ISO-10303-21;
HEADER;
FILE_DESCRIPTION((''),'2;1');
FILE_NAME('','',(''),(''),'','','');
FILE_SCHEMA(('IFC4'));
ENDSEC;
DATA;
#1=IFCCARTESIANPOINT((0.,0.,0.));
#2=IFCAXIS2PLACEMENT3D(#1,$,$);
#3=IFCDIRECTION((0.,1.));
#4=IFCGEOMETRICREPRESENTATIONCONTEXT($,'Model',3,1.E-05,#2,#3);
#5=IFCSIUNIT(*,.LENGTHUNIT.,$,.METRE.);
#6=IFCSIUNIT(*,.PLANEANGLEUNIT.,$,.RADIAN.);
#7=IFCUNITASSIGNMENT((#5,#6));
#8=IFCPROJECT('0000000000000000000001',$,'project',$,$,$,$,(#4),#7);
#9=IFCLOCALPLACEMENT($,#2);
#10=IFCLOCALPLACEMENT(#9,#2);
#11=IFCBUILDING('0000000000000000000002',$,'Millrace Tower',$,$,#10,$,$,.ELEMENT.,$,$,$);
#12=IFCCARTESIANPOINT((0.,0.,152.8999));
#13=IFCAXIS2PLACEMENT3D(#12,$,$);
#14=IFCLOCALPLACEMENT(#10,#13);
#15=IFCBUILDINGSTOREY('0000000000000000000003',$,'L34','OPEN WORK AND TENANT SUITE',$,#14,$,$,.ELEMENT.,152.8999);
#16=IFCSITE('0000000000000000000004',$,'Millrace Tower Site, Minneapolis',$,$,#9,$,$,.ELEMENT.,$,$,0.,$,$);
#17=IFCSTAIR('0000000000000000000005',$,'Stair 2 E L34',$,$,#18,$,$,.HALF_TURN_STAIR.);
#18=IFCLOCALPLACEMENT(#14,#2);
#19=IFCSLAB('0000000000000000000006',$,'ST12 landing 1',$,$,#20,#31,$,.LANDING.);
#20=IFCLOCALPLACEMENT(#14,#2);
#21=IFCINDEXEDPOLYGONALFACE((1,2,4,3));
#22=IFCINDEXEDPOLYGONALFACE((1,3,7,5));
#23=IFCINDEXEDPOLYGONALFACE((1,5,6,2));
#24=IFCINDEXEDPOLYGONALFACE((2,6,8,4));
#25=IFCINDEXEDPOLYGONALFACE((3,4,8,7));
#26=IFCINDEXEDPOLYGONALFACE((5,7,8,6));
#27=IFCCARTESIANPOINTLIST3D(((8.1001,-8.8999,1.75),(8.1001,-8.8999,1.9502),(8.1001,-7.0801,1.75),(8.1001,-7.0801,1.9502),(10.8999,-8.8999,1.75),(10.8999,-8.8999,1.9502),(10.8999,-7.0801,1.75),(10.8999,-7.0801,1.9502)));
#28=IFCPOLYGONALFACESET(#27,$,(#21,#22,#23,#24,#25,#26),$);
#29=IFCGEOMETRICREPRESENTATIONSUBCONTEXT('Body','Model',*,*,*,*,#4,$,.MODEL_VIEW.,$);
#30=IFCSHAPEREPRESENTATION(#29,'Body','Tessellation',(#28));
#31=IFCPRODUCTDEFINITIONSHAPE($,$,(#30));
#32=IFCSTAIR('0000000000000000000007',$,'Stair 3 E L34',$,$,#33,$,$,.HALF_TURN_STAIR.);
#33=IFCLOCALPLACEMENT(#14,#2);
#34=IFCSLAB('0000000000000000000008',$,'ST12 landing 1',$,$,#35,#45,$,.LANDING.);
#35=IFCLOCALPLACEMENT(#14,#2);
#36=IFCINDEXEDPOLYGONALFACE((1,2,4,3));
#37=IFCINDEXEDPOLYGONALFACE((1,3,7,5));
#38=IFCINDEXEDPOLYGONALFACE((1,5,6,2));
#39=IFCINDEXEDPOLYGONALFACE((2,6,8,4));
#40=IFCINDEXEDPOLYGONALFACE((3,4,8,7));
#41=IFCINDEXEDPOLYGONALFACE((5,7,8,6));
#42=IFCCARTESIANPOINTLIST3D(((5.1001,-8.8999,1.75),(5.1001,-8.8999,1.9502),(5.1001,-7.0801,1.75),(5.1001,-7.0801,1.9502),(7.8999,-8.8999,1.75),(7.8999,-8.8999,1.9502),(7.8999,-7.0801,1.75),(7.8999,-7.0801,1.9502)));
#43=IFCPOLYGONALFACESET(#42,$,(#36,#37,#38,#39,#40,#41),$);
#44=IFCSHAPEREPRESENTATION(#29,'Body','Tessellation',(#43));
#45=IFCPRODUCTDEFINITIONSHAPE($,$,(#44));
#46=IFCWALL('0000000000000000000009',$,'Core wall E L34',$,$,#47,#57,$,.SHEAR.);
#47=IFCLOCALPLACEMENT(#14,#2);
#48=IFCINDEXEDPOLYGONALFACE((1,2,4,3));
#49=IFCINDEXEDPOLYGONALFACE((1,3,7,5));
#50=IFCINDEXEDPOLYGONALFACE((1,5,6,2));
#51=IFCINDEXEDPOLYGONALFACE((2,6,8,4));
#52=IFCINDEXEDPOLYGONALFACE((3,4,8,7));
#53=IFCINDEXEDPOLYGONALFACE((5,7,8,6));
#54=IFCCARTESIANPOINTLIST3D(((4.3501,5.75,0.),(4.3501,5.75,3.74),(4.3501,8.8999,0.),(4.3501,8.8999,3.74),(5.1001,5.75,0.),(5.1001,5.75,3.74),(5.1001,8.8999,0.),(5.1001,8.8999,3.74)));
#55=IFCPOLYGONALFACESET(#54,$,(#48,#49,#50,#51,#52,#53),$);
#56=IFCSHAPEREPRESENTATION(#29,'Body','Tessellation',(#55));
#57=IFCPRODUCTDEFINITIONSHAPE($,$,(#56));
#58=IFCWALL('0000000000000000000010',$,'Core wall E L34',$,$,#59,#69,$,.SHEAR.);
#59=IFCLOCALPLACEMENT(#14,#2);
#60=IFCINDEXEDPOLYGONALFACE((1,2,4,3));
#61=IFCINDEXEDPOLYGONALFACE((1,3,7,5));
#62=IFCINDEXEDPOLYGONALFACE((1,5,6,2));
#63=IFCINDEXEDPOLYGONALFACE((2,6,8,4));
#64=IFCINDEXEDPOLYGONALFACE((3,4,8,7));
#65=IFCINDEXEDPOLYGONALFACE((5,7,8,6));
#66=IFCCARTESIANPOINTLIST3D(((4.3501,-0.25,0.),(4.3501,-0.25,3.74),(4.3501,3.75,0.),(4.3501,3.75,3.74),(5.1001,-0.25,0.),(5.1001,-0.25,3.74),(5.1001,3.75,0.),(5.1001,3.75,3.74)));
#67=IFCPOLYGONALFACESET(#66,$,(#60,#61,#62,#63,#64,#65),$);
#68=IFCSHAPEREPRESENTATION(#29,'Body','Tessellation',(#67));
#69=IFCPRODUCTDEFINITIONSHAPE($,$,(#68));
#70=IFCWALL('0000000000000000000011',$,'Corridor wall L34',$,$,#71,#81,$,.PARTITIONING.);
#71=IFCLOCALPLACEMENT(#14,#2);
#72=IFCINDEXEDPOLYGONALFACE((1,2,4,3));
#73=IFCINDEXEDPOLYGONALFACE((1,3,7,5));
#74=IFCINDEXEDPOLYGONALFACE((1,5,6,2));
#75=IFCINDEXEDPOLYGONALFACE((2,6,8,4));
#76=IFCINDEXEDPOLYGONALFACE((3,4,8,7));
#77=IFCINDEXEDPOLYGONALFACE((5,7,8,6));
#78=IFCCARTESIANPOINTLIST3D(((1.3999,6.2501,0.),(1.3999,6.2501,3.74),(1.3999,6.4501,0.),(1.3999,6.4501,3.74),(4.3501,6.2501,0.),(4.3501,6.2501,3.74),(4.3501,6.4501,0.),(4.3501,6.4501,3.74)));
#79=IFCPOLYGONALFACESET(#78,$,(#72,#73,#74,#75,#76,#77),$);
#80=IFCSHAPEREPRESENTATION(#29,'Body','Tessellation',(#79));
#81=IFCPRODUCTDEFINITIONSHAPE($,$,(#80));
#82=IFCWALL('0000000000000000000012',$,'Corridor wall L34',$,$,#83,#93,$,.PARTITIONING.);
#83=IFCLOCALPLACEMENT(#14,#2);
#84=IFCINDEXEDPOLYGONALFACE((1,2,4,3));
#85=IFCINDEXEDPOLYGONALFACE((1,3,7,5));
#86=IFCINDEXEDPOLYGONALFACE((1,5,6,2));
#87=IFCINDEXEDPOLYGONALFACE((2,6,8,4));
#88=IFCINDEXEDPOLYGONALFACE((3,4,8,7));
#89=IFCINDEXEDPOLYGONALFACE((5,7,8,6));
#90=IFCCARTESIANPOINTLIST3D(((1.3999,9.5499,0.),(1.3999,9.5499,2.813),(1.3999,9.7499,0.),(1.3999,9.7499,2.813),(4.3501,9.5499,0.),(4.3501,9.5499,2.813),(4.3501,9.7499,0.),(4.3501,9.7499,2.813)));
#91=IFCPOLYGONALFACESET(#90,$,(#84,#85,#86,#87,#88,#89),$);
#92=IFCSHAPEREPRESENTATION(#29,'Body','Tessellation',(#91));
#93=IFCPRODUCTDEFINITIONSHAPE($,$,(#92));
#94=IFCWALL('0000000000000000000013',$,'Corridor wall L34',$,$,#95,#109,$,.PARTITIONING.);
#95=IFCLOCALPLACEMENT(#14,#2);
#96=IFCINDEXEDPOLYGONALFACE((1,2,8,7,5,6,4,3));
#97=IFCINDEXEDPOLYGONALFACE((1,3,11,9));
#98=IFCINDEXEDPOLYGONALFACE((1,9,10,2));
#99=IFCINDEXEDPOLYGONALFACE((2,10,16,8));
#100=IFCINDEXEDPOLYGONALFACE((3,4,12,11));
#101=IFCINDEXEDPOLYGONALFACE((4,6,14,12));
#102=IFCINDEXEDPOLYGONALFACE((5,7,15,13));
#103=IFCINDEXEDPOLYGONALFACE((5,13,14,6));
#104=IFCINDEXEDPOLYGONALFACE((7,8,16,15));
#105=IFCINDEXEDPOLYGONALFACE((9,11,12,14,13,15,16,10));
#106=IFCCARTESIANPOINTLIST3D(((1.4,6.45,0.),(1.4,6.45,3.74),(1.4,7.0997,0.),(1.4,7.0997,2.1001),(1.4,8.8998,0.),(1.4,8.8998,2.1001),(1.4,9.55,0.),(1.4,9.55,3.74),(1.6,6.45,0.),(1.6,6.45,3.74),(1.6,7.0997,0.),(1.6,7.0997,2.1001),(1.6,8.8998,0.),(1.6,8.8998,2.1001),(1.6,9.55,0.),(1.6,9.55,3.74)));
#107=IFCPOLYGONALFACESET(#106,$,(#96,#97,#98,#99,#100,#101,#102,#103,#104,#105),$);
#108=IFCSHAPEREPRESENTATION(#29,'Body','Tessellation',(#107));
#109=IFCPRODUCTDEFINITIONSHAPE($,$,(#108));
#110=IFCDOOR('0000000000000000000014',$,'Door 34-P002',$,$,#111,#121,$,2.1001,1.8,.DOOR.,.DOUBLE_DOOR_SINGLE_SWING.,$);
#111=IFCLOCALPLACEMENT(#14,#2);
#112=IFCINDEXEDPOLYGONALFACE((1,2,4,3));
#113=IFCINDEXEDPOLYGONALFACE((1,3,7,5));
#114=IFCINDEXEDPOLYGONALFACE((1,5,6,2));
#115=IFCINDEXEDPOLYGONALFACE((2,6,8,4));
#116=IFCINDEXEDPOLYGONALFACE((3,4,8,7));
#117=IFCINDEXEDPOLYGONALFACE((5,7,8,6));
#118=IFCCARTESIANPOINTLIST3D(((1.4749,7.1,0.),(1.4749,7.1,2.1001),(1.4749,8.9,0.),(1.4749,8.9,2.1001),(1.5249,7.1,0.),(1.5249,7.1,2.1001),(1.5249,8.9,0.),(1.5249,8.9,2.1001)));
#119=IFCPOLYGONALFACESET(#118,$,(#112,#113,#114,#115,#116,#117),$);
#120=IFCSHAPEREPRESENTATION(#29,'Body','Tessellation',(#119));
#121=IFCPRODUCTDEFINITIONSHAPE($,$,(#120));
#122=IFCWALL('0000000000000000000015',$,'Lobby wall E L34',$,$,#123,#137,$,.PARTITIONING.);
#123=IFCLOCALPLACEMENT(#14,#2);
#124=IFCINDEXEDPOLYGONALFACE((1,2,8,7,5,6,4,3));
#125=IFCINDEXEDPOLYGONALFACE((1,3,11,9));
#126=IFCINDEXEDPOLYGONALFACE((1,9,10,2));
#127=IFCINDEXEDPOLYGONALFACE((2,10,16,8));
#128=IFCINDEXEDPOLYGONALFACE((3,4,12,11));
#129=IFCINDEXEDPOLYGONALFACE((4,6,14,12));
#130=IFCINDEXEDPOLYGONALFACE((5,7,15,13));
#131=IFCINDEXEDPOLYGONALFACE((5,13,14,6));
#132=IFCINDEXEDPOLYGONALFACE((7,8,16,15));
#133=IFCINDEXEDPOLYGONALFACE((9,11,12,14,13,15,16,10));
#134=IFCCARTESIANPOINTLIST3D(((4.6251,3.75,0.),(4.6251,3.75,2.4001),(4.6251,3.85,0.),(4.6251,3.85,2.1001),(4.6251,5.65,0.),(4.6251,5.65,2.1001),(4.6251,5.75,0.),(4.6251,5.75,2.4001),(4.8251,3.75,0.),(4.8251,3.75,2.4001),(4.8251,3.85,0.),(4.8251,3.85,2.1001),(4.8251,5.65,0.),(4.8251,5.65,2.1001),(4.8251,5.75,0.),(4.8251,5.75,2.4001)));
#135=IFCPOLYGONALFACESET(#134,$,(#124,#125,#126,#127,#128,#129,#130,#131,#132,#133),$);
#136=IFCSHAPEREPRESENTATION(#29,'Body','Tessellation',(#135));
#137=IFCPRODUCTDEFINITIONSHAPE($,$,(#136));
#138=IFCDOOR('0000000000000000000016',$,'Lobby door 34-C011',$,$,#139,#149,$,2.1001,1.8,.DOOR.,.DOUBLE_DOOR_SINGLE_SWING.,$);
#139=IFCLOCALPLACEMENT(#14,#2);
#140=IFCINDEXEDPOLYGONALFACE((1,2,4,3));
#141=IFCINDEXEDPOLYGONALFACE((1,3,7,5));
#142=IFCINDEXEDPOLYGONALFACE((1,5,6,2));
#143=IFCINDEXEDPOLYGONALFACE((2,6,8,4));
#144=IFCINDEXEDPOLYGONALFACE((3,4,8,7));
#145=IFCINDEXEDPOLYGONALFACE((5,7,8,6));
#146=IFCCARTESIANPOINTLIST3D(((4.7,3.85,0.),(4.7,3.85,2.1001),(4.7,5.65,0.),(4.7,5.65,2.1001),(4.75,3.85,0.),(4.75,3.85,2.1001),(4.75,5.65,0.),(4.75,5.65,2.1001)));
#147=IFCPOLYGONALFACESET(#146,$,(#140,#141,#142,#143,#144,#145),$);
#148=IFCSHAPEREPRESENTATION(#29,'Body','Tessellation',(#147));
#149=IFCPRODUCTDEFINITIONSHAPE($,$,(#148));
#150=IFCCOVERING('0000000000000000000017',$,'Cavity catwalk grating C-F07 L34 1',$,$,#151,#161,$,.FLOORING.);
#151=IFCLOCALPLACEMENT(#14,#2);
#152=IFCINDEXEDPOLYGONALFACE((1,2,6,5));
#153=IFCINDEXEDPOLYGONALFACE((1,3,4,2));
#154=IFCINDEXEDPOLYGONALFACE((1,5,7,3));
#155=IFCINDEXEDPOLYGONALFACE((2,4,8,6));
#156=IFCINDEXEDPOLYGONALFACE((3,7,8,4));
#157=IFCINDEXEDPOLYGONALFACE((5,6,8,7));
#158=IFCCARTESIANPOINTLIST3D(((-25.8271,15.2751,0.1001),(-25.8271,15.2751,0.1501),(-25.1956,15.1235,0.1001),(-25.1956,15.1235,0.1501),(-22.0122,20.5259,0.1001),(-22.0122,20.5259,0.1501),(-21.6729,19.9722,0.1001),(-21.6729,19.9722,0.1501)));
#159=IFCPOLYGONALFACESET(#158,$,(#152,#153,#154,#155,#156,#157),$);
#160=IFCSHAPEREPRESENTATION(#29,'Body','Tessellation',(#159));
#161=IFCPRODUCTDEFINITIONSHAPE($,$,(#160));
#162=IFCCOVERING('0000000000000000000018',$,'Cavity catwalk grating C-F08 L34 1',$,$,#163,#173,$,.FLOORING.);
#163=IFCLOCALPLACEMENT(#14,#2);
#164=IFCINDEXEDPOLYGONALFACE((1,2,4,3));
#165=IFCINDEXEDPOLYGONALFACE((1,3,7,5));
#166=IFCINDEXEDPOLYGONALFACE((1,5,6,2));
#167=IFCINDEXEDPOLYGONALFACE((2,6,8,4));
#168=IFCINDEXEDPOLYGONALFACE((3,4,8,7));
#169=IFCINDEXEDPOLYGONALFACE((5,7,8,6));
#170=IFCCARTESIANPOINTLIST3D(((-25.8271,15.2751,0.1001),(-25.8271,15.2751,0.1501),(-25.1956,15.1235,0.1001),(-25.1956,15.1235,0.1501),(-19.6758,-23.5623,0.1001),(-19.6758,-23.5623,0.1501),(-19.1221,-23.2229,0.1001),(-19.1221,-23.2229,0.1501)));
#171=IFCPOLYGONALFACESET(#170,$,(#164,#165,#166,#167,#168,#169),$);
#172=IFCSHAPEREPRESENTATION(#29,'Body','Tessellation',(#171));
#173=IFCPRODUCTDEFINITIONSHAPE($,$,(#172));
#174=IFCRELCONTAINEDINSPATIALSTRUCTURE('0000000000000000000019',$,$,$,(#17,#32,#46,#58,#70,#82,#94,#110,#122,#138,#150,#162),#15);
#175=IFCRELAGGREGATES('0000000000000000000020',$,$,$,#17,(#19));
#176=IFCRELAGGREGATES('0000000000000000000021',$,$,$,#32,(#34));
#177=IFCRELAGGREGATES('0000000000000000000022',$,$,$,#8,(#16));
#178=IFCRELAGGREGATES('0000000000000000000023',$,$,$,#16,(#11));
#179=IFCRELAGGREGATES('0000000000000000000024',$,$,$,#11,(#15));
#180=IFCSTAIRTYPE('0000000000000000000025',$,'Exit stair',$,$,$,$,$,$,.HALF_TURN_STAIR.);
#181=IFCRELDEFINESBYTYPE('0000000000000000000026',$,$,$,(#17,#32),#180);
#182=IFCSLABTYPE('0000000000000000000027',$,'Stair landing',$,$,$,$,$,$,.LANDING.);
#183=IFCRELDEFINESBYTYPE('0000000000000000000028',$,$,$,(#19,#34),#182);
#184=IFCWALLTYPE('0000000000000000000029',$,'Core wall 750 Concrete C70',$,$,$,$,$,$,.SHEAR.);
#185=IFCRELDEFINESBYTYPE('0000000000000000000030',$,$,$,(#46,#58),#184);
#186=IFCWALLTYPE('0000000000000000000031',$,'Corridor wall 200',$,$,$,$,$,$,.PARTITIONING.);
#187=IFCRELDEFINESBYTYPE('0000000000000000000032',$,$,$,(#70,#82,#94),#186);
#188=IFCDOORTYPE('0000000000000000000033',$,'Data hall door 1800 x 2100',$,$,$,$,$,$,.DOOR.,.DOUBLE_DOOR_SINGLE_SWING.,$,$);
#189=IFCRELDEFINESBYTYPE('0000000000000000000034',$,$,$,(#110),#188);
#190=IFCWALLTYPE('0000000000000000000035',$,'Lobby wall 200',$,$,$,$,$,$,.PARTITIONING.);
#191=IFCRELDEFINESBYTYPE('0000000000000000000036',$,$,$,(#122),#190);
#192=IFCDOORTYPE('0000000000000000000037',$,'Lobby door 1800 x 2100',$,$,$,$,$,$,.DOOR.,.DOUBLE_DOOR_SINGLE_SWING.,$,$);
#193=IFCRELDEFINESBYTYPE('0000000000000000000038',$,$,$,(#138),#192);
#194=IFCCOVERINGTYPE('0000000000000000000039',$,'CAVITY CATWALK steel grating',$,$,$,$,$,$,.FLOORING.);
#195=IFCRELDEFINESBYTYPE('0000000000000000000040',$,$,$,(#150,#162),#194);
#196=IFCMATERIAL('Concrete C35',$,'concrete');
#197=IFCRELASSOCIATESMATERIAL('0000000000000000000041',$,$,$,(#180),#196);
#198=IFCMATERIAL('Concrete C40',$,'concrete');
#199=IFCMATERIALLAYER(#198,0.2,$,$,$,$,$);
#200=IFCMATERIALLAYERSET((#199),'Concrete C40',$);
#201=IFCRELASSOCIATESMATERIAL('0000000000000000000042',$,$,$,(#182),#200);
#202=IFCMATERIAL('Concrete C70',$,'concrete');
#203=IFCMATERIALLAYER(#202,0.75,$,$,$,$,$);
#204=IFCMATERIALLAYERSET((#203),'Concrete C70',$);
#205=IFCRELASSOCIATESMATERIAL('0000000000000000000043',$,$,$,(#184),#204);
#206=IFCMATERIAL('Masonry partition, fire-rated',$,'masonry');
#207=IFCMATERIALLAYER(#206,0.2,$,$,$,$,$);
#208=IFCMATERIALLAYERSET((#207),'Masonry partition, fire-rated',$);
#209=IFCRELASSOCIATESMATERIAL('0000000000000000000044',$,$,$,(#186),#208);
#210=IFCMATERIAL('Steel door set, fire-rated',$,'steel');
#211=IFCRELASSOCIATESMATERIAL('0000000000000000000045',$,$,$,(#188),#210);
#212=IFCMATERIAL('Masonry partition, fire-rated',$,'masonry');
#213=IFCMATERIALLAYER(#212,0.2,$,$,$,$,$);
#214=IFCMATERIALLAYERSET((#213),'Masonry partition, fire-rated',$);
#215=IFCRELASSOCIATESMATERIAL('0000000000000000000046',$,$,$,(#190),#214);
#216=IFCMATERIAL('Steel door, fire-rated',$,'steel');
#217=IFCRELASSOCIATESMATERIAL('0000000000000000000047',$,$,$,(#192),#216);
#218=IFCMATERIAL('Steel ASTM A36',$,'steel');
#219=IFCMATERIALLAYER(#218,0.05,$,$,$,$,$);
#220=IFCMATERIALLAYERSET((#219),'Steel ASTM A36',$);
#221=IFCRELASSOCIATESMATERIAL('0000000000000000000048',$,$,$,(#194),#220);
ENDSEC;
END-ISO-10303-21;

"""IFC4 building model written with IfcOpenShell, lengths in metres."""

from ifc_helpers import new_model, si_unit, direction, frame, frame_2d, origin, place, context, subcontext, project, spatial, polyline, rectangle, outline, extrude, material, layer, layer_set, type_object, element, fill, aggregate, save


model = new_model("IFC4")

# Units and contexts
model_context = context("Model", 3, precision=1e-05, world=origin(), true_north=direction((0.0, 1.0)))
body_context = subcontext(model_context, "Body", "Model", "MODEL_VIEW")
ifc_project = project(units=[si_unit("LENGTHUNIT", "METRE"), si_unit("PLANEANGLEUNIT", "RADIAN")], contexts=[model_context])

# Site, building, storey
site_placement = place(None, origin())
site = spatial("IfcSite", under=ifc_project, at=site_placement, Name="Millrace Tower Site, Minneapolis", CompositionType="ELEMENT", RefElevation=0.0)
building_placement = place(site_placement, origin())
building = spatial("IfcBuilding", under=site, at=building_placement, Name="Millrace Tower", CompositionType="ELEMENT")
storey_placement = place(building_placement, frame((0.0, 0.0, 152.8999)))
storey = spatial("IfcBuildingStorey", under=building, at=storey_placement, Name="L34", Description="OPEN WORK AND TENANT SUITE", CompositionType="ELEMENT", Elevation=152.8999)

# Shared definitions
placement_1 = place(storey_placement, origin())

# Stairs, slabs
ifc_material_1 = material(Name="Concrete C35", Category="concrete")
stair_type = type_object("IfcStairType", Name="Exit stair", PredefinedType="HALF_TURN_STAIR", material=ifc_material_1)
ifc_material_2 = material(Name="Concrete C40", Category="concrete")
ifc_layer_1 = layer(ifc_material_2, 0.2)
ifc_layer_set_1 = layer_set([ifc_layer_1], Name="Concrete C40")
slab_type = type_object("IfcSlabType", Name="Stair landing", PredefinedType="LANDING", material=ifc_layer_set_1)
placement_2 = place(storey_placement, frame((0.0, 0.0, 1.75)))
stair_1 = element("IfcStair", 1, at=placement_1, inside=storey, type_object=stair_type, Name="Stair 2 E L34", PredefinedType="HALF_TURN_STAIR")
slab_1 = element("IfcSlab", 2, at=placement_2, type_object=slab_type, Name="ST12 landing 1", PredefinedType="LANDING", context=body_context, shape_type="SweptSolid", body=[
    extrude(outline(polyline([(8.1001, -8.8999), (10.8999, -8.8999), (10.8999, -7.0801), (8.1001, -7.0801), (8.1001, -8.8999)])), origin(), (0.0, 0.0, 1.0), 0.2002),
])
aggregate(stair_1, [slab_1])
stair_2 = element("IfcStair", 3, at=placement_1, inside=storey, type_object=stair_type, Name="Stair 3 E L34", PredefinedType="HALF_TURN_STAIR")
slab_2 = element("IfcSlab", 4, at=placement_2, type_object=slab_type, Name="ST12 landing 1", PredefinedType="LANDING", context=body_context, shape_type="SweptSolid", body=[
    extrude(outline(polyline([(5.1001, -8.8999), (7.8999, -8.8999), (7.8999, -7.0801), (5.1001, -7.0801), (5.1001, -8.8999)])), origin(), (0.0, 0.0, 1.0), 0.2002),
])
aggregate(stair_2, [slab_2])

# Walls
ifc_material_3 = material(Name="Concrete C70", Category="concrete")
ifc_layer_2 = layer(ifc_material_3, 0.75)
ifc_layer_set_2 = layer_set([ifc_layer_2], Name="Concrete C70")
wall_type_1 = type_object("IfcWallType", Name="Core wall 750 Concrete C70", PredefinedType="SHEAR", material=ifc_layer_set_2)
wall_1_placement = place(storey_placement, frame((4.7251, 8.8999, 0.0), z_axis=(0.0, 0.0, 1.0), x_axis=(0.0, -1.0, 0.0)))
element("IfcWall", 5, at=wall_1_placement, inside=storey, type_object=wall_type_1, Name="Core wall E L34", PredefinedType="SHEAR", context=body_context, shape_type="SweptSolid", body=[
    extrude(rectangle(XDim=3.1499, YDim=0.75, at=frame_2d((1.575, 0.0))), origin(), (0.0, 0.0, 1.0), 3.74),
])
wall_2_placement = place(storey_placement, frame((4.7251, 3.75, 0.0), z_axis=(0.0, 0.0, 1.0), x_axis=(0.0, -1.0, 0.0)))
element("IfcWall", 6, at=wall_2_placement, inside=storey, type_object=wall_type_1, Name="Core wall E L34", PredefinedType="SHEAR", context=body_context, shape_type="SweptSolid", body=[
    extrude(rectangle(XDim=4.0, YDim=0.75, at=frame_2d((2.0, 0.0))), origin(), (0.0, 0.0, 1.0), 3.74),
])
ifc_material_4 = material(Name="Masonry partition, fire-rated", Category="masonry")
ifc_layer_3 = layer(ifc_material_4, 0.2)
ifc_layer_set_3 = layer_set([ifc_layer_3], Name="Masonry partition, fire-rated")
wall_type_2 = type_object("IfcWallType", Name="Corridor wall 200", PredefinedType="PARTITIONING", material=ifc_layer_set_3)
wall_3_placement = place(storey_placement, frame((1.3999, 6.3501, 0.0), z_axis=(0.0, 0.0, 1.0), x_axis=(1.0, 0.0, 0.0)))
element("IfcWall", 7, at=wall_3_placement, inside=storey, type_object=wall_type_2, Name="Corridor wall L34", PredefinedType="PARTITIONING", context=body_context, shape_type="SweptSolid", body=[
    extrude(rectangle(XDim=2.9502, YDim=0.2, at=frame_2d((1.4751, 0.0))), origin(), (0.0, 0.0, 1.0), 3.74),
])
wall_4_placement = place(storey_placement, frame((1.3999, 9.6499, 0.0), z_axis=(0.0, 0.0, 1.0), x_axis=(1.0, 0.0, 0.0)))
element("IfcWall", 8, at=wall_4_placement, inside=storey, type_object=wall_type_2, Name="Corridor wall L34", PredefinedType="PARTITIONING", context=body_context, shape_type="SweptSolid", body=[
    extrude(rectangle(XDim=2.9502, YDim=0.2, at=frame_2d((1.4751, 0.0))), origin(), (0.0, 0.0, 1.0), 2.813),
])

# Walls, openings, doors
wall_5_placement = place(storey_placement, frame((1.5, 6.45, 0.0), z_axis=(0.0, 0.0, 1.0), x_axis=(0.0, 1.0, 0.0)))
wall_5 = element("IfcWall", 9, at=wall_5_placement, inside=storey, type_object=wall_type_2, Name="Corridor wall L34", PredefinedType="PARTITIONING", context=body_context, shape_type="SweptSolid", body=[
    extrude(rectangle(XDim=3.1001, YDim=0.2, at=frame_2d((1.55, 0.0))), origin(), (0.0, 0.0, 1.0), 3.74),
])
opening_1_placement = place(wall_5_placement, frame((0.6499, 0.0, 0.0)))
opening_1 = element("IfcOpeningElement", 10, at=opening_1_placement, cuts=wall_5, PredefinedType="OPENING", context=body_context, shape_type="SweptSolid", body=[
    extrude(rectangle(XDim=1.8, YDim=2.1001, at=frame_2d((0.8999, 1.05))), frame((0.0, 0.1099, 0.0), z_axis=(0.0, -1.0, 0.0), x_axis=(1.0, 0.0, 0.0)), (0.0, 0.0, 1.0), 0.22),
])
ifc_material_5 = material(Name="Steel door set, fire-rated", Category="steel")
door_type_1 = type_object("IfcDoorType", Name="Data hall door 1800 x 2100", OperationType="DOUBLE_DOOR_SINGLE_SWING", PredefinedType="DOOR", material=ifc_material_5)
door_1_placement = place(opening_1_placement, frame((1.8, 0.0, 0.0), z_axis=(0.0, 0.0, 1.0), x_axis=(-1.0, 0.0, 0.0)))
door_1 = element("IfcDoor", 11, at=door_1_placement, inside=storey, type_object=door_type_1, Name="Door 34-P002", OperationType="DOUBLE_DOOR_SINGLE_SWING", OverallHeight=2.1001, OverallWidth=1.8, PredefinedType="DOOR", context=body_context, shape_type="SweptSolid", body=[
    extrude(rectangle(XDim=1.8, YDim=2.1001, at=frame_2d((0.8999, 1.05))), frame((0.0, 0.0249, 0.0), z_axis=(0.0, -1.0, 0.0), x_axis=(1.0, 0.0, 0.0)), (0.0, 0.0, 1.0), 0.05),
])
fill(opening_1, door_1)
ifc_material_6 = material(Name="Masonry partition, fire-rated", Category="masonry")
ifc_layer_4 = layer(ifc_material_6, 0.2)
ifc_layer_set_4 = layer_set([ifc_layer_4], Name="Masonry partition, fire-rated")
wall_type_3 = type_object("IfcWallType", Name="Lobby wall 200", PredefinedType="PARTITIONING", material=ifc_layer_set_4)
wall_6_placement = place(storey_placement, frame((4.7251, 5.75, 0.0), z_axis=(0.0, 0.0, 1.0), x_axis=(0.0, -1.0, 0.0)))
wall_6 = element("IfcWall", 12, at=wall_6_placement, inside=storey, type_object=wall_type_3, Name="Lobby wall E L34", PredefinedType="PARTITIONING", context=body_context, shape_type="SweptSolid", body=[
    extrude(rectangle(XDim=2.0, YDim=0.2, at=frame_2d((1.0, 0.0))), origin(), (0.0, 0.0, 1.0), 2.4001),
])
opening_2_placement = place(wall_6_placement, frame((0.1001, 0.0, 0.0)))
opening_2 = element("IfcOpeningElement", 13, at=opening_2_placement, cuts=wall_6, PredefinedType="OPENING", context=body_context, shape_type="SweptSolid", body=[
    extrude(rectangle(XDim=1.8, YDim=2.1001, at=frame_2d((0.8999, 1.05))), frame((0.0, 0.1099, 0.0), z_axis=(0.0, -1.0, 0.0), x_axis=(1.0, 0.0, 0.0)), (0.0, 0.0, 1.0), 0.22),
])
ifc_material_7 = material(Name="Steel door, fire-rated", Category="steel")
door_type_2 = type_object("IfcDoorType", Name="Lobby door 1800 x 2100", OperationType="DOUBLE_DOOR_SINGLE_SWING", PredefinedType="DOOR", material=ifc_material_7)
door_2_placement = place(opening_2_placement, origin())
door_2 = element("IfcDoor", 14, at=door_2_placement, inside=storey, type_object=door_type_2, Name="Lobby door 34-C011", OperationType="DOUBLE_DOOR_SINGLE_SWING", OverallHeight=2.1001, OverallWidth=1.8, PredefinedType="DOOR", context=body_context, shape_type="SweptSolid", body=[
    extrude(rectangle(XDim=1.8, YDim=2.1001, at=frame_2d((0.8999, 1.05))), frame((0.0, 0.0249, 0.0), z_axis=(0.0, -1.0, 0.0), x_axis=(1.0, 0.0, 0.0)), (0.0, 0.0, 1.0), 0.05),
])
fill(opening_2, door_2)

# Coverings
ifc_material_8 = material(Name="Steel ASTM A36", Category="steel")
ifc_layer_5 = layer(ifc_material_8, 0.05)
ifc_layer_set_5 = layer_set([ifc_layer_5], Name="Steel ASTM A36")
covering_type = type_object("IfcCoveringType", Name="CAVITY CATWALK steel grating", PredefinedType="FLOORING", material=ifc_layer_set_5)
placement_3 = place(storey_placement, frame((0.0, 0.0, 0.1001)))
element("IfcCovering", 15, at=placement_3, inside=storey, type_object=covering_type, Name="Cavity catwalk grating C-F07 L34 1", PredefinedType="FLOORING", context=body_context, shape_type="SweptSolid", body=[
    extrude(outline(polyline([(-22.0122, 20.5259), (-25.8271, 15.2751), (-25.1956, 15.1235), (-21.6729, 19.9722), (-22.0122, 20.5259)])), origin(), (0.0, 0.0, 1.0), 0.05),
])
element("IfcCovering", 16, at=placement_3, inside=storey, type_object=covering_type, Name="Cavity catwalk grating C-F08 L34 1", PredefinedType="FLOORING", context=body_context, shape_type="SweptSolid", body=[
    extrude(outline(polyline([(-25.8271, 15.2751), (-19.6758, -23.5623), (-19.1221, -23.2229), (-25.1956, 15.1235), (-25.8271, 15.2751)])), origin(), (0.0, 0.0, 1.0), 0.05),
])

save(model, "model.ifc")
